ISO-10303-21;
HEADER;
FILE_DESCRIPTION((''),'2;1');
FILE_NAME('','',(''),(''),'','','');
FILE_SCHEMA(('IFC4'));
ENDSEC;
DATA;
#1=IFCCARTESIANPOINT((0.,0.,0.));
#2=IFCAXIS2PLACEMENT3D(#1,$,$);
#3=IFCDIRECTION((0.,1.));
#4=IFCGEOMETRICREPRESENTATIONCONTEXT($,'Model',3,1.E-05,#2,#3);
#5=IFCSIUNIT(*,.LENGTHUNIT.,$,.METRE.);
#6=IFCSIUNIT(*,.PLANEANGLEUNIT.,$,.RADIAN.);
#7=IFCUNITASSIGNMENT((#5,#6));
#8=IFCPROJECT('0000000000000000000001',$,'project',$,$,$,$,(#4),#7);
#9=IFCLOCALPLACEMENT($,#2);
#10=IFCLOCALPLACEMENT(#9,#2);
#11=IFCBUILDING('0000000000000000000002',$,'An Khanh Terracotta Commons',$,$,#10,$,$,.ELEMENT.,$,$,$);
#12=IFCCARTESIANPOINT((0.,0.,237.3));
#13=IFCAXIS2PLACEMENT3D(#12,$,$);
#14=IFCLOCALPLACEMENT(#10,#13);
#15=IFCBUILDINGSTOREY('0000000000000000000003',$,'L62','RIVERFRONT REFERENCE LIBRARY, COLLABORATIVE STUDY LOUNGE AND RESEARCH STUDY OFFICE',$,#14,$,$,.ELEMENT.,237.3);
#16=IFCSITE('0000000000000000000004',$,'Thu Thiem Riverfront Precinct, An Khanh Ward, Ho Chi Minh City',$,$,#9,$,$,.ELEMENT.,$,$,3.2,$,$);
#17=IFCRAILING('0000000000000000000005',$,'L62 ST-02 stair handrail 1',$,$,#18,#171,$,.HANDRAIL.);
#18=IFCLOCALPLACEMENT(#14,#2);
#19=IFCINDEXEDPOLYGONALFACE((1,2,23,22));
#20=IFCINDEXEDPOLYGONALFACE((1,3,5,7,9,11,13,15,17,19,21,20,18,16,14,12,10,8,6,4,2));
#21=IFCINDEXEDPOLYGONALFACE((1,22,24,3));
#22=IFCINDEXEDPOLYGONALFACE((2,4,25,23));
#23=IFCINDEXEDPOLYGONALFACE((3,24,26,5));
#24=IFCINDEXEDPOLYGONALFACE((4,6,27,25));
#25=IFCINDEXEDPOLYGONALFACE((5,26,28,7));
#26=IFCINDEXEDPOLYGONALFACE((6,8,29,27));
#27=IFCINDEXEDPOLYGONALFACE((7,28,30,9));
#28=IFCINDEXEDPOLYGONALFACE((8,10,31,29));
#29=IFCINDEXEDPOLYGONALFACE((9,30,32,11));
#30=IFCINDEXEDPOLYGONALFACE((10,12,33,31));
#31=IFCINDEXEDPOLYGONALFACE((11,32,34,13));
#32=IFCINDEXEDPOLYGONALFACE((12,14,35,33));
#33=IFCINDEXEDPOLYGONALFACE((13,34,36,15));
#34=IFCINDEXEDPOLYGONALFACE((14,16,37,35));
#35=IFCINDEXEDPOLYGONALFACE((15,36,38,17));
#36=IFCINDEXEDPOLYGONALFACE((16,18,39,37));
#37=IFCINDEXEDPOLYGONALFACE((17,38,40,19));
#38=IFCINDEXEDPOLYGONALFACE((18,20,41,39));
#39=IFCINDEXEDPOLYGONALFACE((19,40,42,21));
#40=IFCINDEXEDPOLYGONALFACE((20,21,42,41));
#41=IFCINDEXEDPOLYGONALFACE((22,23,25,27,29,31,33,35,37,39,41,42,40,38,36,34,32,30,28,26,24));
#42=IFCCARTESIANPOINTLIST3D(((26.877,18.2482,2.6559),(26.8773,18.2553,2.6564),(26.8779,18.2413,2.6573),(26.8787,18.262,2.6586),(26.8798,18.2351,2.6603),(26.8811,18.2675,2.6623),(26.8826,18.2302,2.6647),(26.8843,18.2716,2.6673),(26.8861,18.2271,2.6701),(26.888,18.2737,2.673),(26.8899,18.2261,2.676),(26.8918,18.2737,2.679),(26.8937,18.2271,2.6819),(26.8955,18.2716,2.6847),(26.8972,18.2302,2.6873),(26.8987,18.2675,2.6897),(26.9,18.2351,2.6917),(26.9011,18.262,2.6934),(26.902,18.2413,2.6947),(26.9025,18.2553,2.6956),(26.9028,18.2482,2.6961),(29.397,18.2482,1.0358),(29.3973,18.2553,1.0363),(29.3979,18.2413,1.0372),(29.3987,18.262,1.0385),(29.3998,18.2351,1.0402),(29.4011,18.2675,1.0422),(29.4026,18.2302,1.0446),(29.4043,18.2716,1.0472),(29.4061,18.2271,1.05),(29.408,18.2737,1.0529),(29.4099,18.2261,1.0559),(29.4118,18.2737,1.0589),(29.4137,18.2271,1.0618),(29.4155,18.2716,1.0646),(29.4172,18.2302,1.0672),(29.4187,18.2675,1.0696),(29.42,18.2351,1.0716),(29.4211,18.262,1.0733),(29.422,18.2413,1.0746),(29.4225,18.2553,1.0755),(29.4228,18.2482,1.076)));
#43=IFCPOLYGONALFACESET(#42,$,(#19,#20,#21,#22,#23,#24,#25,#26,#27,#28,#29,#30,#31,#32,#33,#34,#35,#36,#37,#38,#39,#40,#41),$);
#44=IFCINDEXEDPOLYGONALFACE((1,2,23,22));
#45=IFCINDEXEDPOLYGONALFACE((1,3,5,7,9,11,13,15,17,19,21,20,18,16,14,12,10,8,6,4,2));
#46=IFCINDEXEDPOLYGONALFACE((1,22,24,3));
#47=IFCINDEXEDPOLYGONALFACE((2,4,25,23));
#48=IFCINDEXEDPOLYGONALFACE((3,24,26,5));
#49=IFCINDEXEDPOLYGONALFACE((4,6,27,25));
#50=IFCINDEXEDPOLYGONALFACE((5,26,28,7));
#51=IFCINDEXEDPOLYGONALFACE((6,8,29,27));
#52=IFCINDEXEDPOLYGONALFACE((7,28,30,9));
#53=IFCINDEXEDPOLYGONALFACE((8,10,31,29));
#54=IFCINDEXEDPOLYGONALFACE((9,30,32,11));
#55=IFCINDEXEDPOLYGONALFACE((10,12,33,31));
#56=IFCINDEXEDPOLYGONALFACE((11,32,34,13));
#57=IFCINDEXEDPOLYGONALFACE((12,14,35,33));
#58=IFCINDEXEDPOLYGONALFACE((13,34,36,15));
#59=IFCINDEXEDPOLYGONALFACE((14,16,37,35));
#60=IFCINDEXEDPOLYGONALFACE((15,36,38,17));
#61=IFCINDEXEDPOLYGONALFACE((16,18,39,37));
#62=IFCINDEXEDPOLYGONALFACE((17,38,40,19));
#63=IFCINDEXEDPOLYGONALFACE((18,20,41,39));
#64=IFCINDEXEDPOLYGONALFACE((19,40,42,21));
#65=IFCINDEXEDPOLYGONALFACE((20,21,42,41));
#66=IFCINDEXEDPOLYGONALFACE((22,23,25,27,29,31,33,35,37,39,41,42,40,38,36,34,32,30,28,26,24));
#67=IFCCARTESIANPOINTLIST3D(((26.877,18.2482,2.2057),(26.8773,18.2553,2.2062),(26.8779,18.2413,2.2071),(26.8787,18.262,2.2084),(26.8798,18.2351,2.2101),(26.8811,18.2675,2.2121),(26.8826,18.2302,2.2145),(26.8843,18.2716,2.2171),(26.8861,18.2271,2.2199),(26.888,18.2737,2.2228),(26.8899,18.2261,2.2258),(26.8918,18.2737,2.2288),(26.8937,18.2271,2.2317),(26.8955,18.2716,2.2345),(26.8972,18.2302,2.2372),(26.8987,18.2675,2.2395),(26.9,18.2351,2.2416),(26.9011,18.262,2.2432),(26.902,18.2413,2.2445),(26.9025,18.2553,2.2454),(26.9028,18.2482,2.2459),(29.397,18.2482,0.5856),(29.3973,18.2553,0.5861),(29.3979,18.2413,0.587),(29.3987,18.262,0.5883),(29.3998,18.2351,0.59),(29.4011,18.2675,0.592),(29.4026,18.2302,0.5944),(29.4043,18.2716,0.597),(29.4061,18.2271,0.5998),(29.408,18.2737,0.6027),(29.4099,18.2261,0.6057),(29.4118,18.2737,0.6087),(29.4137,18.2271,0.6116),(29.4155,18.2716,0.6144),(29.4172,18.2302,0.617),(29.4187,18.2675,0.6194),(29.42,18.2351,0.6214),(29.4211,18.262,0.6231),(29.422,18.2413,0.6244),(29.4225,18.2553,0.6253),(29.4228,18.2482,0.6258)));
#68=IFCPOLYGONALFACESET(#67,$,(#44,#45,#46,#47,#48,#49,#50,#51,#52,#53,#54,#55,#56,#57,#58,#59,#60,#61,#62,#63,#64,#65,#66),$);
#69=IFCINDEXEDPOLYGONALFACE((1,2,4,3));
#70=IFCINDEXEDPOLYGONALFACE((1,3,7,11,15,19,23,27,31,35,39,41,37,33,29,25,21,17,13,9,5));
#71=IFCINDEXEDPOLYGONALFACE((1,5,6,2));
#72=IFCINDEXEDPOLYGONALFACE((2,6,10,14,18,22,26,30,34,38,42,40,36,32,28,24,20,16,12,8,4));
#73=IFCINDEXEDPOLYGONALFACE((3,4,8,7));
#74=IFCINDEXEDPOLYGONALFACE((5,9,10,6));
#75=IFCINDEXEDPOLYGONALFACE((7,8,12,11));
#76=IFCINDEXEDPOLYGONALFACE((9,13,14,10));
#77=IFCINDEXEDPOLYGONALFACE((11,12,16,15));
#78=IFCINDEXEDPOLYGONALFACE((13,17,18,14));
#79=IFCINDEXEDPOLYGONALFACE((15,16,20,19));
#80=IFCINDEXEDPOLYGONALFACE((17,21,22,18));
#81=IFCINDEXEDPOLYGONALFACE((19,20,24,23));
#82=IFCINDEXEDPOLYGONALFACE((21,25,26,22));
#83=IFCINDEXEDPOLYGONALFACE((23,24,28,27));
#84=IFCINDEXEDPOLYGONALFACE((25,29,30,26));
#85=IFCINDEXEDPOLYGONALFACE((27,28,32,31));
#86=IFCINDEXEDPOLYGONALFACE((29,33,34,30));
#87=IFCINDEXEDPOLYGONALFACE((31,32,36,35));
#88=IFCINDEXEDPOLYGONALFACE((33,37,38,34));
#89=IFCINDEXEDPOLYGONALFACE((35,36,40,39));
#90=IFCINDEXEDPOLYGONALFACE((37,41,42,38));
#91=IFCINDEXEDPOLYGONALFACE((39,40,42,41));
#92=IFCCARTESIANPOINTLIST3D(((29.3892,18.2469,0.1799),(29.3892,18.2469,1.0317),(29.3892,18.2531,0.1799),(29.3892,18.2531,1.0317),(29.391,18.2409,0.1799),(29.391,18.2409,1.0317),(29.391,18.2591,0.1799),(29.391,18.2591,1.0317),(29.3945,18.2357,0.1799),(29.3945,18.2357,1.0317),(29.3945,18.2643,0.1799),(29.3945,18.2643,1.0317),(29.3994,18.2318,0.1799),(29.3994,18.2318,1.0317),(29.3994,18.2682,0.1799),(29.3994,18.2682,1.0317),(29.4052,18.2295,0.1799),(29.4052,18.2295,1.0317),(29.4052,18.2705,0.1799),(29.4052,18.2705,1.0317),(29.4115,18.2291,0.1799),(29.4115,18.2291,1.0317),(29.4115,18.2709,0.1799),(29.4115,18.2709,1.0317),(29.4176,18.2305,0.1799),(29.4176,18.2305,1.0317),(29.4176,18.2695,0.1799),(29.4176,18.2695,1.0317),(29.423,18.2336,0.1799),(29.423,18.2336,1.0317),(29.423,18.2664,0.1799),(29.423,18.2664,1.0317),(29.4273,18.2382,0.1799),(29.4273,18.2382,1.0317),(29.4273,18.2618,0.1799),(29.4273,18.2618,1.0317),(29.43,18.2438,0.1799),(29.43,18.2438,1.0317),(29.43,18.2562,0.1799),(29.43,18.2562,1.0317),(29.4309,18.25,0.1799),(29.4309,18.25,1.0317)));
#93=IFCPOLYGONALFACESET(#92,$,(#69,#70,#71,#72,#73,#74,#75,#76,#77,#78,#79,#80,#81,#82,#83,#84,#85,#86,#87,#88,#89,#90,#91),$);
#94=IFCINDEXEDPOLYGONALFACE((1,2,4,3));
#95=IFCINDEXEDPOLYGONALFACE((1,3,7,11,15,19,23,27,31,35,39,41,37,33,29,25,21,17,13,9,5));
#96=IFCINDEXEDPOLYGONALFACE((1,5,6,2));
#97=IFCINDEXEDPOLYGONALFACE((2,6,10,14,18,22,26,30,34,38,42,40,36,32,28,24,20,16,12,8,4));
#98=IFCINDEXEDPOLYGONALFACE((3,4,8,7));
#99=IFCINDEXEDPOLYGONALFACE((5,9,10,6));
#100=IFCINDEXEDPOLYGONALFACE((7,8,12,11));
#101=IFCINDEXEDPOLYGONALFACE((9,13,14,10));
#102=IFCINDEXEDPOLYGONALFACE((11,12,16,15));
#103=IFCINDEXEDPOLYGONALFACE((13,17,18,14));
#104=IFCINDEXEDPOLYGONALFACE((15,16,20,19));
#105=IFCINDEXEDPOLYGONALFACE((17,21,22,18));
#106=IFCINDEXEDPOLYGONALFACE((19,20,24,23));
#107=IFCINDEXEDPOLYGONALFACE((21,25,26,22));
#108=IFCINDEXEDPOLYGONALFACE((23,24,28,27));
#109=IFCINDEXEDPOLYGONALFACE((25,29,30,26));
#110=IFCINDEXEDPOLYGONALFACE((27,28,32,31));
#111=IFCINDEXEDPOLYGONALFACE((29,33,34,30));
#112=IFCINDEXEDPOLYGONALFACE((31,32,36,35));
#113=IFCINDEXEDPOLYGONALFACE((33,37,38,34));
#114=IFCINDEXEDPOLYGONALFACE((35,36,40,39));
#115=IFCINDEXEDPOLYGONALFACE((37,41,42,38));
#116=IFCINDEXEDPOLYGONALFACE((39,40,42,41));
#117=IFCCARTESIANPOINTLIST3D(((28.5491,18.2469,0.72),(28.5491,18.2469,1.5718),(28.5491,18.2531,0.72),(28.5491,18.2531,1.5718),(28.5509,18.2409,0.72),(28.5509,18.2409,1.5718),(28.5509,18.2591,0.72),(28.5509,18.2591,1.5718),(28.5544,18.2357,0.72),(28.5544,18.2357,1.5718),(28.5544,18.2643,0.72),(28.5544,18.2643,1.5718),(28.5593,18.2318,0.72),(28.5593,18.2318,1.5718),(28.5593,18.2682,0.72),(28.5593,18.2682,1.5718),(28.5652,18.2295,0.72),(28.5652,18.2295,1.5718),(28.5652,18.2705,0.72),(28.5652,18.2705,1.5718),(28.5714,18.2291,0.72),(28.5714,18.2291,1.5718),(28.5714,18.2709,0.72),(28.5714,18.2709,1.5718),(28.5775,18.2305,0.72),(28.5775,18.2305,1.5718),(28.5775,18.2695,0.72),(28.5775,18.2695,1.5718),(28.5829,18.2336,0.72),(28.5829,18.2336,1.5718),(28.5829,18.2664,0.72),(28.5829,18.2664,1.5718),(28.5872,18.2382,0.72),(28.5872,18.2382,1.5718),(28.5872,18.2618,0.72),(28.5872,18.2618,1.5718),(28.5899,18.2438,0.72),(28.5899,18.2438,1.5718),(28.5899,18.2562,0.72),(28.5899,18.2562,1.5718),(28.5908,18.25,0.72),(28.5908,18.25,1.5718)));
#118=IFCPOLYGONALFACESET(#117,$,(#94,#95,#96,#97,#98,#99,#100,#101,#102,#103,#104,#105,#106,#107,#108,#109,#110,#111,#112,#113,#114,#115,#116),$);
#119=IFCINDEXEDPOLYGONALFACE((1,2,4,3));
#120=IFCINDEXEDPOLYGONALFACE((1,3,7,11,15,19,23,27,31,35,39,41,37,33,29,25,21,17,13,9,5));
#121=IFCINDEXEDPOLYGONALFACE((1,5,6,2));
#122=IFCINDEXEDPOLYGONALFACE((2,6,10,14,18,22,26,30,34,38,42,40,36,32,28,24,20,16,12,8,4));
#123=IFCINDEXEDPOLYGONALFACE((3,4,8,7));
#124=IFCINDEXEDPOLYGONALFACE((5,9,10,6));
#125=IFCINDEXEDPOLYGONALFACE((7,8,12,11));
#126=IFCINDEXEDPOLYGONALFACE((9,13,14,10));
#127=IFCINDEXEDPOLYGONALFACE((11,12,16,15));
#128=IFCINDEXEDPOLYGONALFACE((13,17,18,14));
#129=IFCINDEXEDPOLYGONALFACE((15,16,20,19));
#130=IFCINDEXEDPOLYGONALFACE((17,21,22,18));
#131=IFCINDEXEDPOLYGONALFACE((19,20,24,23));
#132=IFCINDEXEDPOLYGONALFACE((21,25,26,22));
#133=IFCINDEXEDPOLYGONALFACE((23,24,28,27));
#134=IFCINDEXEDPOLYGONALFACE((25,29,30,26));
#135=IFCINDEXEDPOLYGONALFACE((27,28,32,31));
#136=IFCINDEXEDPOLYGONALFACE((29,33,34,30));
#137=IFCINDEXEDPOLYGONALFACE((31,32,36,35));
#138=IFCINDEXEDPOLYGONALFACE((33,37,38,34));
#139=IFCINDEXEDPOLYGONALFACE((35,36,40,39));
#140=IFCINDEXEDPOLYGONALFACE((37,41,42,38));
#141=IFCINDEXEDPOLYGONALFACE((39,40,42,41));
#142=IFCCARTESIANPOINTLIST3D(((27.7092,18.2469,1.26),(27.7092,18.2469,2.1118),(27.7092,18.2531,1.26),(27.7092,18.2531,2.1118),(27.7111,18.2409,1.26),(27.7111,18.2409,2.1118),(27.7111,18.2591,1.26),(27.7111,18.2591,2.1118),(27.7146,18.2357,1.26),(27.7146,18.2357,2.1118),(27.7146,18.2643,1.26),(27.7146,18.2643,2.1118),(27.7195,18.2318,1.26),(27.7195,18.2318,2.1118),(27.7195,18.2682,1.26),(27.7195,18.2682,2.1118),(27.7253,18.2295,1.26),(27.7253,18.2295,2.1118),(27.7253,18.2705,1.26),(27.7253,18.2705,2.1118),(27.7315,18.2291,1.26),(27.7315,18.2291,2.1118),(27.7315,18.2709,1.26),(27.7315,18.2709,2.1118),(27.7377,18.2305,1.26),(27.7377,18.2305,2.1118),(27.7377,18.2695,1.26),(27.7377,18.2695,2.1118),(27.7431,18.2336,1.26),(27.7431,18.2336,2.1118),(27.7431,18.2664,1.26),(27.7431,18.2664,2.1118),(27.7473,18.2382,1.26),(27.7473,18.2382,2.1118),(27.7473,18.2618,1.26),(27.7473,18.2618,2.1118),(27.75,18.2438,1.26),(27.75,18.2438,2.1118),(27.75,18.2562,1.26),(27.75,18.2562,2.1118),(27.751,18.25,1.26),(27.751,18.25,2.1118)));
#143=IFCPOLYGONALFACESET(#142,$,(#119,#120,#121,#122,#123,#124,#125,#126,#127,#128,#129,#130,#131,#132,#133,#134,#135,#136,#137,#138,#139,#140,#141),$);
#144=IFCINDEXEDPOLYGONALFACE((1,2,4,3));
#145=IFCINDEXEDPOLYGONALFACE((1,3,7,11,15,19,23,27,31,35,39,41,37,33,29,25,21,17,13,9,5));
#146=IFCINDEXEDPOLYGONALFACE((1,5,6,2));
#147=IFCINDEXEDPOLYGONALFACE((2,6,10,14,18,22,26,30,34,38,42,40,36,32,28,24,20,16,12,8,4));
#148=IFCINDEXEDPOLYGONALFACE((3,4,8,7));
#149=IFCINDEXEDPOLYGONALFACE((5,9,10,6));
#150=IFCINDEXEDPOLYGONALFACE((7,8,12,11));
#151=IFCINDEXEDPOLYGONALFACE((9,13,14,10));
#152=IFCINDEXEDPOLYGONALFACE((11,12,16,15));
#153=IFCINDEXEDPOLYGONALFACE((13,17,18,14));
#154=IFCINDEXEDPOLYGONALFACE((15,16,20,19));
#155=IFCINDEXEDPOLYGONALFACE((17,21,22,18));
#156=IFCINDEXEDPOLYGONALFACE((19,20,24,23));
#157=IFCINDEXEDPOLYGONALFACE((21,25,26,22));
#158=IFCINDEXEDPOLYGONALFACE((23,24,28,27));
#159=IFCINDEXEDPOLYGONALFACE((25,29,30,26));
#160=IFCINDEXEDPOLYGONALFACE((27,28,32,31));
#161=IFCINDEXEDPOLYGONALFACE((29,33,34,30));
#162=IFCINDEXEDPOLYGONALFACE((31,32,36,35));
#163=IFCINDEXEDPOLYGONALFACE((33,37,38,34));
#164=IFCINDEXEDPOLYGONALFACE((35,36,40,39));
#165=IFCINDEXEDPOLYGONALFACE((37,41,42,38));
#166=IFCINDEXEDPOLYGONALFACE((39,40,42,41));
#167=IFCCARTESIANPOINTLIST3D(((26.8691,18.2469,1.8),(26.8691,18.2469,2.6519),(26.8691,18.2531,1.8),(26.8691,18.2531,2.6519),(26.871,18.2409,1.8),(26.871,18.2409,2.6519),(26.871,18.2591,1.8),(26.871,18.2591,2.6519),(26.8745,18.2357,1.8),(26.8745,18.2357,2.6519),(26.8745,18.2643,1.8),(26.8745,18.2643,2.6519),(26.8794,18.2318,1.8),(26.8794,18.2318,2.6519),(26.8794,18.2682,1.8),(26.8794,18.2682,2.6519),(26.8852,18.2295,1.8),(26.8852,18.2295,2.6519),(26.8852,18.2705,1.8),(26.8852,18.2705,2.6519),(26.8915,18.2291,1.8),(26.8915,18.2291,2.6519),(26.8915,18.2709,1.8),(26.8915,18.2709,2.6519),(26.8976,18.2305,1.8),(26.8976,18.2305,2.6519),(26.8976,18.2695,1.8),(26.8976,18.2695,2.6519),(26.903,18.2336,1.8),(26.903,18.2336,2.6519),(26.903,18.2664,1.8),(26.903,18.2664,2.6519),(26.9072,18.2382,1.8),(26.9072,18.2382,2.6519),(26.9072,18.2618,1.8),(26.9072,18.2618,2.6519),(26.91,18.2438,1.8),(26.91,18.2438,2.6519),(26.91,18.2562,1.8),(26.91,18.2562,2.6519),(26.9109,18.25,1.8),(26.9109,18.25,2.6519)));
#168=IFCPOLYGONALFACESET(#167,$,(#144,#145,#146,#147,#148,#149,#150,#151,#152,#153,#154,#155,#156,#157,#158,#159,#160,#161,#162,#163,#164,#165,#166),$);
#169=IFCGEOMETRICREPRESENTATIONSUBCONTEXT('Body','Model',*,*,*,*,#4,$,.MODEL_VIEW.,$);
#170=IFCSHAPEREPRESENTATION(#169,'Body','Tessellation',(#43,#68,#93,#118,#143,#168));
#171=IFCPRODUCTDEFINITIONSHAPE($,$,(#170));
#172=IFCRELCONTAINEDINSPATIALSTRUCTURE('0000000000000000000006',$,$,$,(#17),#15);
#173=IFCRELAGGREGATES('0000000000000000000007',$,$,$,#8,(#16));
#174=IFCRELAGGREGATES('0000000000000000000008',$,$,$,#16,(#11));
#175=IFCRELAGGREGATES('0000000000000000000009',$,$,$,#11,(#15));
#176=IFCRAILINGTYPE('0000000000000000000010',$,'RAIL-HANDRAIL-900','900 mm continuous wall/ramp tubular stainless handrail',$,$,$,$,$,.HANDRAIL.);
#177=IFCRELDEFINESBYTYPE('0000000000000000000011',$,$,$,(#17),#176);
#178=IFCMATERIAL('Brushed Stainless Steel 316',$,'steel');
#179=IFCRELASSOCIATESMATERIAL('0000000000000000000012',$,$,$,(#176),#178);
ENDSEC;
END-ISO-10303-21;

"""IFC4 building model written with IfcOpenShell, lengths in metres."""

from ifc_helpers import new_model, si_unit, direction, frame, origin, origin_2d, place, context, subcontext, project, spatial, circle, extrude, material, type_object, element, save


model = new_model("IFC4")

# Units and contexts
model_context = context("Model", 3, precision=1e-05, world=origin(), true_north=direction((0.0, 1.0)))
body_context = subcontext(model_context, "Body", "Model", "MODEL_VIEW")
ifc_project = project(units=[si_unit("LENGTHUNIT", "METRE"), si_unit("PLANEANGLEUNIT", "RADIAN")], contexts=[model_context])

# Site, building, storey
site_placement = place(None, origin())
site = spatial("IfcSite", under=ifc_project, at=site_placement, Name="Thu Thiem Riverfront Precinct, An Khanh Ward, Ho Chi Minh City", CompositionType="ELEMENT", RefElevation=3.2)
building_placement = place(site_placement, origin())
building = spatial("IfcBuilding", under=site, at=building_placement, Name="An Khanh Terracotta Commons", CompositionType="ELEMENT")
storey_placement = place(building_placement, frame((0.0, 0.0, 237.3)))
storey = spatial("IfcBuildingStorey", under=building, at=storey_placement, Name="L62", Description="RIVERFRONT REFERENCE LIBRARY, COLLABORATIVE STUDY LOUNGE AND RESEARCH STUDY OFFICE", CompositionType="ELEMENT", Elevation=237.3)

# Railing
ifc_material_1 = material(Name="Brushed Stainless Steel 316", Category="steel")
railing_type_1 = type_object("IfcRailingType", Name="RAIL-HANDRAIL-900", Description="900 mm continuous wall/ramp tubular stainless handrail", PredefinedType="HANDRAIL", material=ifc_material_1)
railing_1_placement = place(storey_placement, frame((29.4099, 18.25, 0.1799)))
element("IfcRailing", 1, at=railing_1_placement, inside=storey, type_object=railing_type_1, Name="L62 ST-02 stair handrail 1", PredefinedType="HANDRAIL", context=body_context, shape_type="SweptSolid", body=[
    extrude(circle(Radius=0.0239, at=origin_2d()), frame((0.0, 0.0, 0.876), z_axis=(-0.841163, 0.0, 0.540782), x_axis=(0.0, -1.0, 0.0)), (0.0, 0.0, 1.0), 2.9958),
    extrude(circle(Radius=0.0239, at=origin_2d()), frame((0.0, 0.0, 0.4258), z_axis=(-0.841163, 0.0, 0.540782), x_axis=(0.0, -1.0, 0.0)), (0.0, 0.0, 1.0), 2.9958),
    extrude(circle(Radius=0.021, at=origin_2d()), origin(), (0.0, 0.0, 1.0), 0.8518),
    extrude(circle(Radius=0.021, at=origin_2d()), frame((-0.8401, 0.0, 0.54)), (0.0, 0.0, 1.0), 0.8518),
    extrude(circle(Radius=0.021, at=origin_2d()), frame((-1.6799, 0.0, 1.0801)), (0.0, 0.0, 1.0), 0.8518),
    extrude(circle(Radius=0.021, at=origin_2d()), frame((-2.52, 0.0, 1.6201)), (0.0, 0.0, 1.0), 0.8518),
])

save(model, "model.ifc")
